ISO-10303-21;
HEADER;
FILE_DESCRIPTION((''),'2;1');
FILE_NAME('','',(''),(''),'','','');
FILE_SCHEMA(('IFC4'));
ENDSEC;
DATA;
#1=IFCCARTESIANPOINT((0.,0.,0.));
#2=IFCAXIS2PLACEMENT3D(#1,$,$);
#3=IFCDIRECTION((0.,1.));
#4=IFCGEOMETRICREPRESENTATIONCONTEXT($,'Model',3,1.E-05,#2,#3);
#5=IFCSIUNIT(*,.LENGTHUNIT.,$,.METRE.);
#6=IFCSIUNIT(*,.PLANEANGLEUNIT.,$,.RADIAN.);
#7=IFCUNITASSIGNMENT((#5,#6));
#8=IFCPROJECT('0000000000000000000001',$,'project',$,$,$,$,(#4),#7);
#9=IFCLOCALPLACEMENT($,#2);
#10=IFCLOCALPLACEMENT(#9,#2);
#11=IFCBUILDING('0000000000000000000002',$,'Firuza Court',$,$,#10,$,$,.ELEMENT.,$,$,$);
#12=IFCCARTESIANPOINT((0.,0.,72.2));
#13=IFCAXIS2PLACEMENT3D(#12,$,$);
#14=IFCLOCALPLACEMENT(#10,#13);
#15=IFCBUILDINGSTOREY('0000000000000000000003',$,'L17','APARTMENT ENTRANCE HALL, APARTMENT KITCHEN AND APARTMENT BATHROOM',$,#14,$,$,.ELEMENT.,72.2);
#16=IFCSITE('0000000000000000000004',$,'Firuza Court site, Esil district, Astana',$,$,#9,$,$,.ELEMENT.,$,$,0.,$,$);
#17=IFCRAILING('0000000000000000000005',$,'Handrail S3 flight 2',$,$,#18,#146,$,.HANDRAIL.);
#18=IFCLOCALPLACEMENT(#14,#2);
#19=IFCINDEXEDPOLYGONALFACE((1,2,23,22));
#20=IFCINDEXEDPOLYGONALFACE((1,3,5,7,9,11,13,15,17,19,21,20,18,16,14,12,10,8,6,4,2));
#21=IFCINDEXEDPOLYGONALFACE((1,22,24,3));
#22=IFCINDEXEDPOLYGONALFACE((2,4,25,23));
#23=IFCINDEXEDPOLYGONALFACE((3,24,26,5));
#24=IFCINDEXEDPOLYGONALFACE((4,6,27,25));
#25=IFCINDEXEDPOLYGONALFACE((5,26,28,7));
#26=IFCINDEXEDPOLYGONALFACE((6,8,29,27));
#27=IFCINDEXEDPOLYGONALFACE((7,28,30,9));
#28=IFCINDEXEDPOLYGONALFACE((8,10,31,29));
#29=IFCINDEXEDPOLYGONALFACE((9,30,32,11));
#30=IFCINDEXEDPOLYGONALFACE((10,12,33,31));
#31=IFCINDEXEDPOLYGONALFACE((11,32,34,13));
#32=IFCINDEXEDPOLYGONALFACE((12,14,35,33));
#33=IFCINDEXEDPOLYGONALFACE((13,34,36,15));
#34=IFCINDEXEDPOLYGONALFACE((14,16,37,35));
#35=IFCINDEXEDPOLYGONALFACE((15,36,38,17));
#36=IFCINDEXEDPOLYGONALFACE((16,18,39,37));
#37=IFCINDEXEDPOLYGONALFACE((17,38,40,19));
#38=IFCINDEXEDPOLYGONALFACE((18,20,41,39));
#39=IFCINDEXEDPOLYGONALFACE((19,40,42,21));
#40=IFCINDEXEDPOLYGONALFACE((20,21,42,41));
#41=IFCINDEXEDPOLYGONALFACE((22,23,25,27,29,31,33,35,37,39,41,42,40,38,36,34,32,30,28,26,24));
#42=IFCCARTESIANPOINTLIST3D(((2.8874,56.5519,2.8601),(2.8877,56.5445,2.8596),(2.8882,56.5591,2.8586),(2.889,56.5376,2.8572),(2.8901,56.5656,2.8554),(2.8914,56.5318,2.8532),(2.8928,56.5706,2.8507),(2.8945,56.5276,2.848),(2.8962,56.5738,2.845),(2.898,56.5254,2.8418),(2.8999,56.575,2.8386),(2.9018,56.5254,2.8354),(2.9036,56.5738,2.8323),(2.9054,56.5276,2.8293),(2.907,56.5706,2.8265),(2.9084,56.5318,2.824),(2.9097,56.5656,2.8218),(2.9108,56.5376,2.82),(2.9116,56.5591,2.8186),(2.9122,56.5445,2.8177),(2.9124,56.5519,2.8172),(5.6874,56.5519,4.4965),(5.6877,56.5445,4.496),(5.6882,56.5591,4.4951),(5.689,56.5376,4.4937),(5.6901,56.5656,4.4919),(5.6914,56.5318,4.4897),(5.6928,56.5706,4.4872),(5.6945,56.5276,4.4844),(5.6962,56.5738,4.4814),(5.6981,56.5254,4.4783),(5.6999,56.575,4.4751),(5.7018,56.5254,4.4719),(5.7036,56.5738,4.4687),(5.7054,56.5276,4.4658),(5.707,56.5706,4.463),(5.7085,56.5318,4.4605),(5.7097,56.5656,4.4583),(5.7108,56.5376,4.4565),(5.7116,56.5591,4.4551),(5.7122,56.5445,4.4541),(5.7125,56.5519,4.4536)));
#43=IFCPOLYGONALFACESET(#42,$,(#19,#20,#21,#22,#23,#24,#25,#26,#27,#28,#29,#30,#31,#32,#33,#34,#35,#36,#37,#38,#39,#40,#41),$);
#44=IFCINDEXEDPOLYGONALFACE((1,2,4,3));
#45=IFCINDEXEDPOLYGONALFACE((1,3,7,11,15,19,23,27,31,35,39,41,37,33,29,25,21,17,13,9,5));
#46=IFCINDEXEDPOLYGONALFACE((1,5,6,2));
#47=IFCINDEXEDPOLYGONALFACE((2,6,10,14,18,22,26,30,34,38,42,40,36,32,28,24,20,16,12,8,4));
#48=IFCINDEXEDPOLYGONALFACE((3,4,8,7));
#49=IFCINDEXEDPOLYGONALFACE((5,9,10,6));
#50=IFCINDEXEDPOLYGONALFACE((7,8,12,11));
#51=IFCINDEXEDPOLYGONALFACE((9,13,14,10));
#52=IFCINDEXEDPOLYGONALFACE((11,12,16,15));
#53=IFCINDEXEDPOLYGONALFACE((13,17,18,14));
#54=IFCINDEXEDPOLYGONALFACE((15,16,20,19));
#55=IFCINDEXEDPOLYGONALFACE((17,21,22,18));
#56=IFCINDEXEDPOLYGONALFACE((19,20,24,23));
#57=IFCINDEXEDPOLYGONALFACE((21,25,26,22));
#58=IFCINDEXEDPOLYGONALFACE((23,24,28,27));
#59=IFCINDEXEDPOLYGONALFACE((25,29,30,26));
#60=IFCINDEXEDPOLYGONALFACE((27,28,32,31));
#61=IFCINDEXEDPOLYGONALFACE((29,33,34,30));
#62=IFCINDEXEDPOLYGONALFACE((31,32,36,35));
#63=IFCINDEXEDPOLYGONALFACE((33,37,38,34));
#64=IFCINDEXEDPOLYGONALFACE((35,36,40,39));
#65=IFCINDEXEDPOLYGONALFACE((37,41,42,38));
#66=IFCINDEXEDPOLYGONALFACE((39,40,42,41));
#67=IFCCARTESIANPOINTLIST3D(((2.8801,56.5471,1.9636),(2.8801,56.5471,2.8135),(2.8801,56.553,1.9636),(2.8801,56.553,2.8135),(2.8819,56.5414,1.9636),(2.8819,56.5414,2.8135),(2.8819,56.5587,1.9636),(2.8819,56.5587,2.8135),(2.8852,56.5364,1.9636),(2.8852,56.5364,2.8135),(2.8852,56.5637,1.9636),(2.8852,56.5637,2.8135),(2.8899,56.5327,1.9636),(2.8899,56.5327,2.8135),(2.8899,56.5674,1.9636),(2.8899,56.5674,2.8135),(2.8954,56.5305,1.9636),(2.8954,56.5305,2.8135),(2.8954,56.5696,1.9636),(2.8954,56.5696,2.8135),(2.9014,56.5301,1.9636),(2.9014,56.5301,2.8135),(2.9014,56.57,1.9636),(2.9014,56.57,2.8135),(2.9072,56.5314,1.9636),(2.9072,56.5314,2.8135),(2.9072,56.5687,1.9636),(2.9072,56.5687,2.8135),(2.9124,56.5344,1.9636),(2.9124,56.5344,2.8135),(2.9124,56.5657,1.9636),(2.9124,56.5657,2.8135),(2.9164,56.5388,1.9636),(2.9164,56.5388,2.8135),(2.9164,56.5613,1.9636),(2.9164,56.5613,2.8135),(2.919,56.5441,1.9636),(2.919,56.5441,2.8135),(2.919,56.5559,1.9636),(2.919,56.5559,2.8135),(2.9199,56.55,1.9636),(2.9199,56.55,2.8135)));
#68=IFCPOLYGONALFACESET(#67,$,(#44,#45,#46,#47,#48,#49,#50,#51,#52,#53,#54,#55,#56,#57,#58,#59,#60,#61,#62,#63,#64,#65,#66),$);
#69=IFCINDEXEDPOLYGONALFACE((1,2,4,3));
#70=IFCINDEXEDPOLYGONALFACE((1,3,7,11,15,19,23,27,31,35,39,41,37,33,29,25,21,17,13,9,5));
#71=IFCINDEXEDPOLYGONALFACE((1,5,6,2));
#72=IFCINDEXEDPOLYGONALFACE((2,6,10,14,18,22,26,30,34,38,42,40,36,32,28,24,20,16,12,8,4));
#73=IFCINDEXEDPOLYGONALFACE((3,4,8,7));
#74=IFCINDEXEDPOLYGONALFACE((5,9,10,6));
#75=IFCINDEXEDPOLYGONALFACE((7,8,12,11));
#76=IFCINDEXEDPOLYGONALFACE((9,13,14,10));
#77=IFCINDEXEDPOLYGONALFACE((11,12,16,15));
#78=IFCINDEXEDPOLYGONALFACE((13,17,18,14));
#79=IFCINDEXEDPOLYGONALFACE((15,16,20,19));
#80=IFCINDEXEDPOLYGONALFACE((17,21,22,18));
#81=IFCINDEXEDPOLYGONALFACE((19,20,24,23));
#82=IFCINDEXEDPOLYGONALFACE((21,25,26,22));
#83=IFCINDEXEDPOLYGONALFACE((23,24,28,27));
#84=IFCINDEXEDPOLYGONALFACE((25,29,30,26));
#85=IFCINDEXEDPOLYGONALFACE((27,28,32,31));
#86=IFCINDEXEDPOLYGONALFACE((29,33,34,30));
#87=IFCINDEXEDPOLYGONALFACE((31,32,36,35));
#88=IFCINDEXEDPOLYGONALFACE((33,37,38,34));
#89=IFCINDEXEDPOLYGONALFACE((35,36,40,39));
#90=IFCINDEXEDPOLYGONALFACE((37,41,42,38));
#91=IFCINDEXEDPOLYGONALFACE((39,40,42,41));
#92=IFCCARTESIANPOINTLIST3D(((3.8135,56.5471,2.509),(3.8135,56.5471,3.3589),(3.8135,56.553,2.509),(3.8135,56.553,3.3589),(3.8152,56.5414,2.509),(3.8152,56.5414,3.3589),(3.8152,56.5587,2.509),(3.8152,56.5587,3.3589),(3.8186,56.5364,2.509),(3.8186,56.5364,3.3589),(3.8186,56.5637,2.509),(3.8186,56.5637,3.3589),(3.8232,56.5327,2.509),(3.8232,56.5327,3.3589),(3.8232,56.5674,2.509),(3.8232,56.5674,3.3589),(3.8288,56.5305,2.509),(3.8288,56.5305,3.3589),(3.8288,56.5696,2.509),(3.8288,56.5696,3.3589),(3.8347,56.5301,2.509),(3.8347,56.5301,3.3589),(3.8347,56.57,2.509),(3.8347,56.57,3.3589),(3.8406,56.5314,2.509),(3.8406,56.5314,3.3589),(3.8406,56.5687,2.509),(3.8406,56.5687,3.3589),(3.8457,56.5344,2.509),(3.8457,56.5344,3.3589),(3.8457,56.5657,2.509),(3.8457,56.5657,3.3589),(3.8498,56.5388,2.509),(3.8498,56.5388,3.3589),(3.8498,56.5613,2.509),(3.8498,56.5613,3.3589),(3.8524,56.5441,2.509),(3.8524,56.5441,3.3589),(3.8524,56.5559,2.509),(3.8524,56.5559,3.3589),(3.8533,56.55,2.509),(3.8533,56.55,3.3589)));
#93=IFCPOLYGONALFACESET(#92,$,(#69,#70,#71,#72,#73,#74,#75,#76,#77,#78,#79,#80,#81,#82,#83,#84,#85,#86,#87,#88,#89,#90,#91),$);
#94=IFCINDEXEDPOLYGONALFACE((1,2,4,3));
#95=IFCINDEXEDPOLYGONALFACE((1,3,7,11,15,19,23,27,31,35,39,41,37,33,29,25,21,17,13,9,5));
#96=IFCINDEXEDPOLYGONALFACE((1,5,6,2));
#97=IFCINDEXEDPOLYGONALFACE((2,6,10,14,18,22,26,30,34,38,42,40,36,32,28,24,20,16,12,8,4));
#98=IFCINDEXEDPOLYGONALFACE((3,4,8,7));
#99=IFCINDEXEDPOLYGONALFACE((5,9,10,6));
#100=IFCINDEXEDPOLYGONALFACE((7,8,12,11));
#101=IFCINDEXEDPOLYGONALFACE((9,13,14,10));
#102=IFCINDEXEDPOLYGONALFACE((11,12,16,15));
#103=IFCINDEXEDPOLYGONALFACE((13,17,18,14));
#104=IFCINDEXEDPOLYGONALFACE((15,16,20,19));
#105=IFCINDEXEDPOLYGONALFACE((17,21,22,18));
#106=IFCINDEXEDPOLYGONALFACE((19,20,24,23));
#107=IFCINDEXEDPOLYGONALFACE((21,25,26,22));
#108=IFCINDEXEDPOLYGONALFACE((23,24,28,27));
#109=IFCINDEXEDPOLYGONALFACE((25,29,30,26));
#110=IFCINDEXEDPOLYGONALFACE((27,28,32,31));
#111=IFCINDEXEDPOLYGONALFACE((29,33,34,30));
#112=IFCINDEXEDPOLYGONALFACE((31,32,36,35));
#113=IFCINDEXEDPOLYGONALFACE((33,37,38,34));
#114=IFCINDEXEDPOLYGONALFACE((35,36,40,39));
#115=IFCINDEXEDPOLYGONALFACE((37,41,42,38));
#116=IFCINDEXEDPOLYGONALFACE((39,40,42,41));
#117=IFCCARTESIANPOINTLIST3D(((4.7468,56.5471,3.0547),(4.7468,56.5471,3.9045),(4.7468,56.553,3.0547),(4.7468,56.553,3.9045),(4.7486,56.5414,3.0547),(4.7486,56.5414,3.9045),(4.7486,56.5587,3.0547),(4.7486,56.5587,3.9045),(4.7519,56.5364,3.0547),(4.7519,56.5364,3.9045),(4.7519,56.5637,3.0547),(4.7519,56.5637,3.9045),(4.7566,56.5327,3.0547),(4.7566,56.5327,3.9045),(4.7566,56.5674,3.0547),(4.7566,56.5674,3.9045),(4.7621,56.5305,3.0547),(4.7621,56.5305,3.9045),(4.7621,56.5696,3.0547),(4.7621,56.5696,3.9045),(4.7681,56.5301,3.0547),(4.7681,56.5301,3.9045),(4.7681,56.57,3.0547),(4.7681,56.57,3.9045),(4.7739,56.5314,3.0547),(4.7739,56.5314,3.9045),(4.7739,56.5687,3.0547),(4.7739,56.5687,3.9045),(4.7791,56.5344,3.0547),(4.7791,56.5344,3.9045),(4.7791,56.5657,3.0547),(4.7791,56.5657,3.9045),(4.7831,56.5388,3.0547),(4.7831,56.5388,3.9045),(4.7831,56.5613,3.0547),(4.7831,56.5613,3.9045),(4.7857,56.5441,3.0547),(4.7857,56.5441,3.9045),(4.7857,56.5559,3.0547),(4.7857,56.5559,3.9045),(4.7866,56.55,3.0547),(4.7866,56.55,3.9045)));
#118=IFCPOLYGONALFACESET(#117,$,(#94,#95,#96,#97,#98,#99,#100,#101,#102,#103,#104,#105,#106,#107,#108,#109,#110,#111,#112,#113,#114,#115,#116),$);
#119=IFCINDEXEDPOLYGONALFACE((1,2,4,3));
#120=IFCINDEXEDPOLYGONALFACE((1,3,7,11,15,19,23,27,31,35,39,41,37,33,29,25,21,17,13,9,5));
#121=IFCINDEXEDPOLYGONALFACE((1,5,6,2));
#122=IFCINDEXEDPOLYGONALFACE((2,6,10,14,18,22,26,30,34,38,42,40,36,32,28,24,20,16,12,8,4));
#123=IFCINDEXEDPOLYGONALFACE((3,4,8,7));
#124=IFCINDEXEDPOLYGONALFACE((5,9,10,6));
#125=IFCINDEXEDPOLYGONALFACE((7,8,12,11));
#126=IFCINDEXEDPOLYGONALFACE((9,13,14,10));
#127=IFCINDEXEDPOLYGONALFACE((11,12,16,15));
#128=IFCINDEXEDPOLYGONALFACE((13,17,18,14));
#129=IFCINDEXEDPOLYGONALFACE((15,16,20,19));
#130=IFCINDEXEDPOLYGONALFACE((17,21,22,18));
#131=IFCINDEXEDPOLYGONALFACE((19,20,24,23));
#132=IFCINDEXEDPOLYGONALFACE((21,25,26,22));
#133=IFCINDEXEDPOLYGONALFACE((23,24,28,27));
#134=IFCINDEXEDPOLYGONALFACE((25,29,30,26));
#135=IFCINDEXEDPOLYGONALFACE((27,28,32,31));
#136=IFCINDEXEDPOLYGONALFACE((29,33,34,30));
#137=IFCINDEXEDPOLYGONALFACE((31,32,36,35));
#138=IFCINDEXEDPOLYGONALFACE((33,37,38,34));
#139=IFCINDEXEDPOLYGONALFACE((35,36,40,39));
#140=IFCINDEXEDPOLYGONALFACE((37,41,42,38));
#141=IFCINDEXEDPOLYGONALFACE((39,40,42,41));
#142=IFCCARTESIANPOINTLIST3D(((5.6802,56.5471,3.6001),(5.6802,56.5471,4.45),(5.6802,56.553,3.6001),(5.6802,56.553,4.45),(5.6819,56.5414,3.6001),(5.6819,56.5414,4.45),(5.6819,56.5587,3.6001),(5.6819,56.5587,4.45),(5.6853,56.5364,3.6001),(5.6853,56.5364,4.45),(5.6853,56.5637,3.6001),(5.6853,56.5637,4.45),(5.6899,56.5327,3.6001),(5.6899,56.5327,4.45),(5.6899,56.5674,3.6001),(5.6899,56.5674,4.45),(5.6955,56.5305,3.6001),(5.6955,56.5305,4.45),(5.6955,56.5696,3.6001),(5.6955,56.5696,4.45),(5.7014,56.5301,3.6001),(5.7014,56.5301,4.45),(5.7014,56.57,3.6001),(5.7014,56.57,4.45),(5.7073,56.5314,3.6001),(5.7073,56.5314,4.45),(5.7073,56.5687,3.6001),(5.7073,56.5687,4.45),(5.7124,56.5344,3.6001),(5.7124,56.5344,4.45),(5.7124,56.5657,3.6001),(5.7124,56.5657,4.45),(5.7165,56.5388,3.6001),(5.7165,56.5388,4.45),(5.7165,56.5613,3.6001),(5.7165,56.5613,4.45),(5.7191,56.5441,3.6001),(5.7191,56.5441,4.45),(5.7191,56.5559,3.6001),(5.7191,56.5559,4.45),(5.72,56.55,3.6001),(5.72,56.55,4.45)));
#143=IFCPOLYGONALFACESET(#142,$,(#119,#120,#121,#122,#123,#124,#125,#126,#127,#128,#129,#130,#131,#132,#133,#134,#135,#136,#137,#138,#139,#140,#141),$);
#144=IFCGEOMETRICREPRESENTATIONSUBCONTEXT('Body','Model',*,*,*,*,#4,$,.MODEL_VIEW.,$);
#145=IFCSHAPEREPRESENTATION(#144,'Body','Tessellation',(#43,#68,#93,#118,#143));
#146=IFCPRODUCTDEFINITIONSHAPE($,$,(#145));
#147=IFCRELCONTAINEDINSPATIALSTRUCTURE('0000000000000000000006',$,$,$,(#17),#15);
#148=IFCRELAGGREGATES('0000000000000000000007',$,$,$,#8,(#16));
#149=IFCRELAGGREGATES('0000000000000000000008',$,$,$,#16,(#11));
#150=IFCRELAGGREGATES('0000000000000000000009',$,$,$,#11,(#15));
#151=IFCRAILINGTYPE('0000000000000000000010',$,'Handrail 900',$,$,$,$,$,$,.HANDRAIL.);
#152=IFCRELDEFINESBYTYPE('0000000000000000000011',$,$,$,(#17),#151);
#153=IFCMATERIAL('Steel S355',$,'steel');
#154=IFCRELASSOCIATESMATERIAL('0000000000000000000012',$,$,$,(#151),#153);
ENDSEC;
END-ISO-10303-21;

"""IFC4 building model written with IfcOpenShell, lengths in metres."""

from ifc_helpers import new_model, si_unit, direction, frame, origin, origin_2d, place, context, subcontext, project, spatial, circle, extrude, material, type_object, element, save


model = new_model("IFC4")

# Units and contexts
model_context = context("Model", 3, precision=1e-05, world=origin(), true_north=direction((0.0, 1.0)))
body_context = subcontext(model_context, "Body", "Model", "MODEL_VIEW")
ifc_project = project(units=[si_unit("LENGTHUNIT", "METRE"), si_unit("PLANEANGLEUNIT", "RADIAN")], contexts=[model_context])

# Site, building, storey
site_placement = place(None, origin())
site = spatial("IfcSite", under=ifc_project, at=site_placement, Name="Firuza Court site, Esil district, Astana", CompositionType="ELEMENT", RefElevation=0.0)
building_placement = place(site_placement, origin())
building = spatial("IfcBuilding", under=site, at=building_placement, Name="Firuza Court", CompositionType="ELEMENT")
storey_placement = place(building_placement, frame((0.0, 0.0, 72.2)))
storey = spatial("IfcBuildingStorey", under=building, at=storey_placement, Name="L17", Description="APARTMENT ENTRANCE HALL, APARTMENT KITCHEN AND APARTMENT BATHROOM", CompositionType="ELEMENT", Elevation=72.2)

# Railing
ifc_material_1 = material(Name="Steel S355", Category="steel")
railing_type_1 = type_object("IfcRailingType", Name="Handrail 900", PredefinedType="HANDRAIL", material=ifc_material_1)
railing_1_placement = place(storey_placement, frame((2.8999, 56.55, 1.9636)))
element("IfcRailing", 1, at=railing_1_placement, inside=storey, type_object=railing_type_1, Name="Handrail S3 flight 2", PredefinedType="HANDRAIL", context=body_context, shape_type="SweptSolid", body=[
    extrude(circle(Radius=0.0249, at=origin_2d()), frame((0.0, 0.0, 0.875), z_axis=(0.863361, 0.0, 0.504587), x_axis=(0.0, 1.0, 0.0)), (0.0, 0.0, 1.0), 3.2432),
    extrude(circle(Radius=0.02, at=origin_2d()), origin(), (0.0, 0.0, 1.0), 0.8499),
    extrude(circle(Radius=0.02, at=origin_2d()), frame((0.9333, 0.0, 0.5454)), (0.0, 0.0, 1.0), 0.8499),
    extrude(circle(Radius=0.02, at=origin_2d()), frame((1.8667, 0.0, 1.0911)), (0.0, 0.0, 1.0), 0.8499),
    extrude(circle(Radius=0.02, at=origin_2d()), frame((2.8, 0.0, 1.6365)), (0.0, 0.0, 1.0), 0.8499),
])

save(model, "model.ifc")
